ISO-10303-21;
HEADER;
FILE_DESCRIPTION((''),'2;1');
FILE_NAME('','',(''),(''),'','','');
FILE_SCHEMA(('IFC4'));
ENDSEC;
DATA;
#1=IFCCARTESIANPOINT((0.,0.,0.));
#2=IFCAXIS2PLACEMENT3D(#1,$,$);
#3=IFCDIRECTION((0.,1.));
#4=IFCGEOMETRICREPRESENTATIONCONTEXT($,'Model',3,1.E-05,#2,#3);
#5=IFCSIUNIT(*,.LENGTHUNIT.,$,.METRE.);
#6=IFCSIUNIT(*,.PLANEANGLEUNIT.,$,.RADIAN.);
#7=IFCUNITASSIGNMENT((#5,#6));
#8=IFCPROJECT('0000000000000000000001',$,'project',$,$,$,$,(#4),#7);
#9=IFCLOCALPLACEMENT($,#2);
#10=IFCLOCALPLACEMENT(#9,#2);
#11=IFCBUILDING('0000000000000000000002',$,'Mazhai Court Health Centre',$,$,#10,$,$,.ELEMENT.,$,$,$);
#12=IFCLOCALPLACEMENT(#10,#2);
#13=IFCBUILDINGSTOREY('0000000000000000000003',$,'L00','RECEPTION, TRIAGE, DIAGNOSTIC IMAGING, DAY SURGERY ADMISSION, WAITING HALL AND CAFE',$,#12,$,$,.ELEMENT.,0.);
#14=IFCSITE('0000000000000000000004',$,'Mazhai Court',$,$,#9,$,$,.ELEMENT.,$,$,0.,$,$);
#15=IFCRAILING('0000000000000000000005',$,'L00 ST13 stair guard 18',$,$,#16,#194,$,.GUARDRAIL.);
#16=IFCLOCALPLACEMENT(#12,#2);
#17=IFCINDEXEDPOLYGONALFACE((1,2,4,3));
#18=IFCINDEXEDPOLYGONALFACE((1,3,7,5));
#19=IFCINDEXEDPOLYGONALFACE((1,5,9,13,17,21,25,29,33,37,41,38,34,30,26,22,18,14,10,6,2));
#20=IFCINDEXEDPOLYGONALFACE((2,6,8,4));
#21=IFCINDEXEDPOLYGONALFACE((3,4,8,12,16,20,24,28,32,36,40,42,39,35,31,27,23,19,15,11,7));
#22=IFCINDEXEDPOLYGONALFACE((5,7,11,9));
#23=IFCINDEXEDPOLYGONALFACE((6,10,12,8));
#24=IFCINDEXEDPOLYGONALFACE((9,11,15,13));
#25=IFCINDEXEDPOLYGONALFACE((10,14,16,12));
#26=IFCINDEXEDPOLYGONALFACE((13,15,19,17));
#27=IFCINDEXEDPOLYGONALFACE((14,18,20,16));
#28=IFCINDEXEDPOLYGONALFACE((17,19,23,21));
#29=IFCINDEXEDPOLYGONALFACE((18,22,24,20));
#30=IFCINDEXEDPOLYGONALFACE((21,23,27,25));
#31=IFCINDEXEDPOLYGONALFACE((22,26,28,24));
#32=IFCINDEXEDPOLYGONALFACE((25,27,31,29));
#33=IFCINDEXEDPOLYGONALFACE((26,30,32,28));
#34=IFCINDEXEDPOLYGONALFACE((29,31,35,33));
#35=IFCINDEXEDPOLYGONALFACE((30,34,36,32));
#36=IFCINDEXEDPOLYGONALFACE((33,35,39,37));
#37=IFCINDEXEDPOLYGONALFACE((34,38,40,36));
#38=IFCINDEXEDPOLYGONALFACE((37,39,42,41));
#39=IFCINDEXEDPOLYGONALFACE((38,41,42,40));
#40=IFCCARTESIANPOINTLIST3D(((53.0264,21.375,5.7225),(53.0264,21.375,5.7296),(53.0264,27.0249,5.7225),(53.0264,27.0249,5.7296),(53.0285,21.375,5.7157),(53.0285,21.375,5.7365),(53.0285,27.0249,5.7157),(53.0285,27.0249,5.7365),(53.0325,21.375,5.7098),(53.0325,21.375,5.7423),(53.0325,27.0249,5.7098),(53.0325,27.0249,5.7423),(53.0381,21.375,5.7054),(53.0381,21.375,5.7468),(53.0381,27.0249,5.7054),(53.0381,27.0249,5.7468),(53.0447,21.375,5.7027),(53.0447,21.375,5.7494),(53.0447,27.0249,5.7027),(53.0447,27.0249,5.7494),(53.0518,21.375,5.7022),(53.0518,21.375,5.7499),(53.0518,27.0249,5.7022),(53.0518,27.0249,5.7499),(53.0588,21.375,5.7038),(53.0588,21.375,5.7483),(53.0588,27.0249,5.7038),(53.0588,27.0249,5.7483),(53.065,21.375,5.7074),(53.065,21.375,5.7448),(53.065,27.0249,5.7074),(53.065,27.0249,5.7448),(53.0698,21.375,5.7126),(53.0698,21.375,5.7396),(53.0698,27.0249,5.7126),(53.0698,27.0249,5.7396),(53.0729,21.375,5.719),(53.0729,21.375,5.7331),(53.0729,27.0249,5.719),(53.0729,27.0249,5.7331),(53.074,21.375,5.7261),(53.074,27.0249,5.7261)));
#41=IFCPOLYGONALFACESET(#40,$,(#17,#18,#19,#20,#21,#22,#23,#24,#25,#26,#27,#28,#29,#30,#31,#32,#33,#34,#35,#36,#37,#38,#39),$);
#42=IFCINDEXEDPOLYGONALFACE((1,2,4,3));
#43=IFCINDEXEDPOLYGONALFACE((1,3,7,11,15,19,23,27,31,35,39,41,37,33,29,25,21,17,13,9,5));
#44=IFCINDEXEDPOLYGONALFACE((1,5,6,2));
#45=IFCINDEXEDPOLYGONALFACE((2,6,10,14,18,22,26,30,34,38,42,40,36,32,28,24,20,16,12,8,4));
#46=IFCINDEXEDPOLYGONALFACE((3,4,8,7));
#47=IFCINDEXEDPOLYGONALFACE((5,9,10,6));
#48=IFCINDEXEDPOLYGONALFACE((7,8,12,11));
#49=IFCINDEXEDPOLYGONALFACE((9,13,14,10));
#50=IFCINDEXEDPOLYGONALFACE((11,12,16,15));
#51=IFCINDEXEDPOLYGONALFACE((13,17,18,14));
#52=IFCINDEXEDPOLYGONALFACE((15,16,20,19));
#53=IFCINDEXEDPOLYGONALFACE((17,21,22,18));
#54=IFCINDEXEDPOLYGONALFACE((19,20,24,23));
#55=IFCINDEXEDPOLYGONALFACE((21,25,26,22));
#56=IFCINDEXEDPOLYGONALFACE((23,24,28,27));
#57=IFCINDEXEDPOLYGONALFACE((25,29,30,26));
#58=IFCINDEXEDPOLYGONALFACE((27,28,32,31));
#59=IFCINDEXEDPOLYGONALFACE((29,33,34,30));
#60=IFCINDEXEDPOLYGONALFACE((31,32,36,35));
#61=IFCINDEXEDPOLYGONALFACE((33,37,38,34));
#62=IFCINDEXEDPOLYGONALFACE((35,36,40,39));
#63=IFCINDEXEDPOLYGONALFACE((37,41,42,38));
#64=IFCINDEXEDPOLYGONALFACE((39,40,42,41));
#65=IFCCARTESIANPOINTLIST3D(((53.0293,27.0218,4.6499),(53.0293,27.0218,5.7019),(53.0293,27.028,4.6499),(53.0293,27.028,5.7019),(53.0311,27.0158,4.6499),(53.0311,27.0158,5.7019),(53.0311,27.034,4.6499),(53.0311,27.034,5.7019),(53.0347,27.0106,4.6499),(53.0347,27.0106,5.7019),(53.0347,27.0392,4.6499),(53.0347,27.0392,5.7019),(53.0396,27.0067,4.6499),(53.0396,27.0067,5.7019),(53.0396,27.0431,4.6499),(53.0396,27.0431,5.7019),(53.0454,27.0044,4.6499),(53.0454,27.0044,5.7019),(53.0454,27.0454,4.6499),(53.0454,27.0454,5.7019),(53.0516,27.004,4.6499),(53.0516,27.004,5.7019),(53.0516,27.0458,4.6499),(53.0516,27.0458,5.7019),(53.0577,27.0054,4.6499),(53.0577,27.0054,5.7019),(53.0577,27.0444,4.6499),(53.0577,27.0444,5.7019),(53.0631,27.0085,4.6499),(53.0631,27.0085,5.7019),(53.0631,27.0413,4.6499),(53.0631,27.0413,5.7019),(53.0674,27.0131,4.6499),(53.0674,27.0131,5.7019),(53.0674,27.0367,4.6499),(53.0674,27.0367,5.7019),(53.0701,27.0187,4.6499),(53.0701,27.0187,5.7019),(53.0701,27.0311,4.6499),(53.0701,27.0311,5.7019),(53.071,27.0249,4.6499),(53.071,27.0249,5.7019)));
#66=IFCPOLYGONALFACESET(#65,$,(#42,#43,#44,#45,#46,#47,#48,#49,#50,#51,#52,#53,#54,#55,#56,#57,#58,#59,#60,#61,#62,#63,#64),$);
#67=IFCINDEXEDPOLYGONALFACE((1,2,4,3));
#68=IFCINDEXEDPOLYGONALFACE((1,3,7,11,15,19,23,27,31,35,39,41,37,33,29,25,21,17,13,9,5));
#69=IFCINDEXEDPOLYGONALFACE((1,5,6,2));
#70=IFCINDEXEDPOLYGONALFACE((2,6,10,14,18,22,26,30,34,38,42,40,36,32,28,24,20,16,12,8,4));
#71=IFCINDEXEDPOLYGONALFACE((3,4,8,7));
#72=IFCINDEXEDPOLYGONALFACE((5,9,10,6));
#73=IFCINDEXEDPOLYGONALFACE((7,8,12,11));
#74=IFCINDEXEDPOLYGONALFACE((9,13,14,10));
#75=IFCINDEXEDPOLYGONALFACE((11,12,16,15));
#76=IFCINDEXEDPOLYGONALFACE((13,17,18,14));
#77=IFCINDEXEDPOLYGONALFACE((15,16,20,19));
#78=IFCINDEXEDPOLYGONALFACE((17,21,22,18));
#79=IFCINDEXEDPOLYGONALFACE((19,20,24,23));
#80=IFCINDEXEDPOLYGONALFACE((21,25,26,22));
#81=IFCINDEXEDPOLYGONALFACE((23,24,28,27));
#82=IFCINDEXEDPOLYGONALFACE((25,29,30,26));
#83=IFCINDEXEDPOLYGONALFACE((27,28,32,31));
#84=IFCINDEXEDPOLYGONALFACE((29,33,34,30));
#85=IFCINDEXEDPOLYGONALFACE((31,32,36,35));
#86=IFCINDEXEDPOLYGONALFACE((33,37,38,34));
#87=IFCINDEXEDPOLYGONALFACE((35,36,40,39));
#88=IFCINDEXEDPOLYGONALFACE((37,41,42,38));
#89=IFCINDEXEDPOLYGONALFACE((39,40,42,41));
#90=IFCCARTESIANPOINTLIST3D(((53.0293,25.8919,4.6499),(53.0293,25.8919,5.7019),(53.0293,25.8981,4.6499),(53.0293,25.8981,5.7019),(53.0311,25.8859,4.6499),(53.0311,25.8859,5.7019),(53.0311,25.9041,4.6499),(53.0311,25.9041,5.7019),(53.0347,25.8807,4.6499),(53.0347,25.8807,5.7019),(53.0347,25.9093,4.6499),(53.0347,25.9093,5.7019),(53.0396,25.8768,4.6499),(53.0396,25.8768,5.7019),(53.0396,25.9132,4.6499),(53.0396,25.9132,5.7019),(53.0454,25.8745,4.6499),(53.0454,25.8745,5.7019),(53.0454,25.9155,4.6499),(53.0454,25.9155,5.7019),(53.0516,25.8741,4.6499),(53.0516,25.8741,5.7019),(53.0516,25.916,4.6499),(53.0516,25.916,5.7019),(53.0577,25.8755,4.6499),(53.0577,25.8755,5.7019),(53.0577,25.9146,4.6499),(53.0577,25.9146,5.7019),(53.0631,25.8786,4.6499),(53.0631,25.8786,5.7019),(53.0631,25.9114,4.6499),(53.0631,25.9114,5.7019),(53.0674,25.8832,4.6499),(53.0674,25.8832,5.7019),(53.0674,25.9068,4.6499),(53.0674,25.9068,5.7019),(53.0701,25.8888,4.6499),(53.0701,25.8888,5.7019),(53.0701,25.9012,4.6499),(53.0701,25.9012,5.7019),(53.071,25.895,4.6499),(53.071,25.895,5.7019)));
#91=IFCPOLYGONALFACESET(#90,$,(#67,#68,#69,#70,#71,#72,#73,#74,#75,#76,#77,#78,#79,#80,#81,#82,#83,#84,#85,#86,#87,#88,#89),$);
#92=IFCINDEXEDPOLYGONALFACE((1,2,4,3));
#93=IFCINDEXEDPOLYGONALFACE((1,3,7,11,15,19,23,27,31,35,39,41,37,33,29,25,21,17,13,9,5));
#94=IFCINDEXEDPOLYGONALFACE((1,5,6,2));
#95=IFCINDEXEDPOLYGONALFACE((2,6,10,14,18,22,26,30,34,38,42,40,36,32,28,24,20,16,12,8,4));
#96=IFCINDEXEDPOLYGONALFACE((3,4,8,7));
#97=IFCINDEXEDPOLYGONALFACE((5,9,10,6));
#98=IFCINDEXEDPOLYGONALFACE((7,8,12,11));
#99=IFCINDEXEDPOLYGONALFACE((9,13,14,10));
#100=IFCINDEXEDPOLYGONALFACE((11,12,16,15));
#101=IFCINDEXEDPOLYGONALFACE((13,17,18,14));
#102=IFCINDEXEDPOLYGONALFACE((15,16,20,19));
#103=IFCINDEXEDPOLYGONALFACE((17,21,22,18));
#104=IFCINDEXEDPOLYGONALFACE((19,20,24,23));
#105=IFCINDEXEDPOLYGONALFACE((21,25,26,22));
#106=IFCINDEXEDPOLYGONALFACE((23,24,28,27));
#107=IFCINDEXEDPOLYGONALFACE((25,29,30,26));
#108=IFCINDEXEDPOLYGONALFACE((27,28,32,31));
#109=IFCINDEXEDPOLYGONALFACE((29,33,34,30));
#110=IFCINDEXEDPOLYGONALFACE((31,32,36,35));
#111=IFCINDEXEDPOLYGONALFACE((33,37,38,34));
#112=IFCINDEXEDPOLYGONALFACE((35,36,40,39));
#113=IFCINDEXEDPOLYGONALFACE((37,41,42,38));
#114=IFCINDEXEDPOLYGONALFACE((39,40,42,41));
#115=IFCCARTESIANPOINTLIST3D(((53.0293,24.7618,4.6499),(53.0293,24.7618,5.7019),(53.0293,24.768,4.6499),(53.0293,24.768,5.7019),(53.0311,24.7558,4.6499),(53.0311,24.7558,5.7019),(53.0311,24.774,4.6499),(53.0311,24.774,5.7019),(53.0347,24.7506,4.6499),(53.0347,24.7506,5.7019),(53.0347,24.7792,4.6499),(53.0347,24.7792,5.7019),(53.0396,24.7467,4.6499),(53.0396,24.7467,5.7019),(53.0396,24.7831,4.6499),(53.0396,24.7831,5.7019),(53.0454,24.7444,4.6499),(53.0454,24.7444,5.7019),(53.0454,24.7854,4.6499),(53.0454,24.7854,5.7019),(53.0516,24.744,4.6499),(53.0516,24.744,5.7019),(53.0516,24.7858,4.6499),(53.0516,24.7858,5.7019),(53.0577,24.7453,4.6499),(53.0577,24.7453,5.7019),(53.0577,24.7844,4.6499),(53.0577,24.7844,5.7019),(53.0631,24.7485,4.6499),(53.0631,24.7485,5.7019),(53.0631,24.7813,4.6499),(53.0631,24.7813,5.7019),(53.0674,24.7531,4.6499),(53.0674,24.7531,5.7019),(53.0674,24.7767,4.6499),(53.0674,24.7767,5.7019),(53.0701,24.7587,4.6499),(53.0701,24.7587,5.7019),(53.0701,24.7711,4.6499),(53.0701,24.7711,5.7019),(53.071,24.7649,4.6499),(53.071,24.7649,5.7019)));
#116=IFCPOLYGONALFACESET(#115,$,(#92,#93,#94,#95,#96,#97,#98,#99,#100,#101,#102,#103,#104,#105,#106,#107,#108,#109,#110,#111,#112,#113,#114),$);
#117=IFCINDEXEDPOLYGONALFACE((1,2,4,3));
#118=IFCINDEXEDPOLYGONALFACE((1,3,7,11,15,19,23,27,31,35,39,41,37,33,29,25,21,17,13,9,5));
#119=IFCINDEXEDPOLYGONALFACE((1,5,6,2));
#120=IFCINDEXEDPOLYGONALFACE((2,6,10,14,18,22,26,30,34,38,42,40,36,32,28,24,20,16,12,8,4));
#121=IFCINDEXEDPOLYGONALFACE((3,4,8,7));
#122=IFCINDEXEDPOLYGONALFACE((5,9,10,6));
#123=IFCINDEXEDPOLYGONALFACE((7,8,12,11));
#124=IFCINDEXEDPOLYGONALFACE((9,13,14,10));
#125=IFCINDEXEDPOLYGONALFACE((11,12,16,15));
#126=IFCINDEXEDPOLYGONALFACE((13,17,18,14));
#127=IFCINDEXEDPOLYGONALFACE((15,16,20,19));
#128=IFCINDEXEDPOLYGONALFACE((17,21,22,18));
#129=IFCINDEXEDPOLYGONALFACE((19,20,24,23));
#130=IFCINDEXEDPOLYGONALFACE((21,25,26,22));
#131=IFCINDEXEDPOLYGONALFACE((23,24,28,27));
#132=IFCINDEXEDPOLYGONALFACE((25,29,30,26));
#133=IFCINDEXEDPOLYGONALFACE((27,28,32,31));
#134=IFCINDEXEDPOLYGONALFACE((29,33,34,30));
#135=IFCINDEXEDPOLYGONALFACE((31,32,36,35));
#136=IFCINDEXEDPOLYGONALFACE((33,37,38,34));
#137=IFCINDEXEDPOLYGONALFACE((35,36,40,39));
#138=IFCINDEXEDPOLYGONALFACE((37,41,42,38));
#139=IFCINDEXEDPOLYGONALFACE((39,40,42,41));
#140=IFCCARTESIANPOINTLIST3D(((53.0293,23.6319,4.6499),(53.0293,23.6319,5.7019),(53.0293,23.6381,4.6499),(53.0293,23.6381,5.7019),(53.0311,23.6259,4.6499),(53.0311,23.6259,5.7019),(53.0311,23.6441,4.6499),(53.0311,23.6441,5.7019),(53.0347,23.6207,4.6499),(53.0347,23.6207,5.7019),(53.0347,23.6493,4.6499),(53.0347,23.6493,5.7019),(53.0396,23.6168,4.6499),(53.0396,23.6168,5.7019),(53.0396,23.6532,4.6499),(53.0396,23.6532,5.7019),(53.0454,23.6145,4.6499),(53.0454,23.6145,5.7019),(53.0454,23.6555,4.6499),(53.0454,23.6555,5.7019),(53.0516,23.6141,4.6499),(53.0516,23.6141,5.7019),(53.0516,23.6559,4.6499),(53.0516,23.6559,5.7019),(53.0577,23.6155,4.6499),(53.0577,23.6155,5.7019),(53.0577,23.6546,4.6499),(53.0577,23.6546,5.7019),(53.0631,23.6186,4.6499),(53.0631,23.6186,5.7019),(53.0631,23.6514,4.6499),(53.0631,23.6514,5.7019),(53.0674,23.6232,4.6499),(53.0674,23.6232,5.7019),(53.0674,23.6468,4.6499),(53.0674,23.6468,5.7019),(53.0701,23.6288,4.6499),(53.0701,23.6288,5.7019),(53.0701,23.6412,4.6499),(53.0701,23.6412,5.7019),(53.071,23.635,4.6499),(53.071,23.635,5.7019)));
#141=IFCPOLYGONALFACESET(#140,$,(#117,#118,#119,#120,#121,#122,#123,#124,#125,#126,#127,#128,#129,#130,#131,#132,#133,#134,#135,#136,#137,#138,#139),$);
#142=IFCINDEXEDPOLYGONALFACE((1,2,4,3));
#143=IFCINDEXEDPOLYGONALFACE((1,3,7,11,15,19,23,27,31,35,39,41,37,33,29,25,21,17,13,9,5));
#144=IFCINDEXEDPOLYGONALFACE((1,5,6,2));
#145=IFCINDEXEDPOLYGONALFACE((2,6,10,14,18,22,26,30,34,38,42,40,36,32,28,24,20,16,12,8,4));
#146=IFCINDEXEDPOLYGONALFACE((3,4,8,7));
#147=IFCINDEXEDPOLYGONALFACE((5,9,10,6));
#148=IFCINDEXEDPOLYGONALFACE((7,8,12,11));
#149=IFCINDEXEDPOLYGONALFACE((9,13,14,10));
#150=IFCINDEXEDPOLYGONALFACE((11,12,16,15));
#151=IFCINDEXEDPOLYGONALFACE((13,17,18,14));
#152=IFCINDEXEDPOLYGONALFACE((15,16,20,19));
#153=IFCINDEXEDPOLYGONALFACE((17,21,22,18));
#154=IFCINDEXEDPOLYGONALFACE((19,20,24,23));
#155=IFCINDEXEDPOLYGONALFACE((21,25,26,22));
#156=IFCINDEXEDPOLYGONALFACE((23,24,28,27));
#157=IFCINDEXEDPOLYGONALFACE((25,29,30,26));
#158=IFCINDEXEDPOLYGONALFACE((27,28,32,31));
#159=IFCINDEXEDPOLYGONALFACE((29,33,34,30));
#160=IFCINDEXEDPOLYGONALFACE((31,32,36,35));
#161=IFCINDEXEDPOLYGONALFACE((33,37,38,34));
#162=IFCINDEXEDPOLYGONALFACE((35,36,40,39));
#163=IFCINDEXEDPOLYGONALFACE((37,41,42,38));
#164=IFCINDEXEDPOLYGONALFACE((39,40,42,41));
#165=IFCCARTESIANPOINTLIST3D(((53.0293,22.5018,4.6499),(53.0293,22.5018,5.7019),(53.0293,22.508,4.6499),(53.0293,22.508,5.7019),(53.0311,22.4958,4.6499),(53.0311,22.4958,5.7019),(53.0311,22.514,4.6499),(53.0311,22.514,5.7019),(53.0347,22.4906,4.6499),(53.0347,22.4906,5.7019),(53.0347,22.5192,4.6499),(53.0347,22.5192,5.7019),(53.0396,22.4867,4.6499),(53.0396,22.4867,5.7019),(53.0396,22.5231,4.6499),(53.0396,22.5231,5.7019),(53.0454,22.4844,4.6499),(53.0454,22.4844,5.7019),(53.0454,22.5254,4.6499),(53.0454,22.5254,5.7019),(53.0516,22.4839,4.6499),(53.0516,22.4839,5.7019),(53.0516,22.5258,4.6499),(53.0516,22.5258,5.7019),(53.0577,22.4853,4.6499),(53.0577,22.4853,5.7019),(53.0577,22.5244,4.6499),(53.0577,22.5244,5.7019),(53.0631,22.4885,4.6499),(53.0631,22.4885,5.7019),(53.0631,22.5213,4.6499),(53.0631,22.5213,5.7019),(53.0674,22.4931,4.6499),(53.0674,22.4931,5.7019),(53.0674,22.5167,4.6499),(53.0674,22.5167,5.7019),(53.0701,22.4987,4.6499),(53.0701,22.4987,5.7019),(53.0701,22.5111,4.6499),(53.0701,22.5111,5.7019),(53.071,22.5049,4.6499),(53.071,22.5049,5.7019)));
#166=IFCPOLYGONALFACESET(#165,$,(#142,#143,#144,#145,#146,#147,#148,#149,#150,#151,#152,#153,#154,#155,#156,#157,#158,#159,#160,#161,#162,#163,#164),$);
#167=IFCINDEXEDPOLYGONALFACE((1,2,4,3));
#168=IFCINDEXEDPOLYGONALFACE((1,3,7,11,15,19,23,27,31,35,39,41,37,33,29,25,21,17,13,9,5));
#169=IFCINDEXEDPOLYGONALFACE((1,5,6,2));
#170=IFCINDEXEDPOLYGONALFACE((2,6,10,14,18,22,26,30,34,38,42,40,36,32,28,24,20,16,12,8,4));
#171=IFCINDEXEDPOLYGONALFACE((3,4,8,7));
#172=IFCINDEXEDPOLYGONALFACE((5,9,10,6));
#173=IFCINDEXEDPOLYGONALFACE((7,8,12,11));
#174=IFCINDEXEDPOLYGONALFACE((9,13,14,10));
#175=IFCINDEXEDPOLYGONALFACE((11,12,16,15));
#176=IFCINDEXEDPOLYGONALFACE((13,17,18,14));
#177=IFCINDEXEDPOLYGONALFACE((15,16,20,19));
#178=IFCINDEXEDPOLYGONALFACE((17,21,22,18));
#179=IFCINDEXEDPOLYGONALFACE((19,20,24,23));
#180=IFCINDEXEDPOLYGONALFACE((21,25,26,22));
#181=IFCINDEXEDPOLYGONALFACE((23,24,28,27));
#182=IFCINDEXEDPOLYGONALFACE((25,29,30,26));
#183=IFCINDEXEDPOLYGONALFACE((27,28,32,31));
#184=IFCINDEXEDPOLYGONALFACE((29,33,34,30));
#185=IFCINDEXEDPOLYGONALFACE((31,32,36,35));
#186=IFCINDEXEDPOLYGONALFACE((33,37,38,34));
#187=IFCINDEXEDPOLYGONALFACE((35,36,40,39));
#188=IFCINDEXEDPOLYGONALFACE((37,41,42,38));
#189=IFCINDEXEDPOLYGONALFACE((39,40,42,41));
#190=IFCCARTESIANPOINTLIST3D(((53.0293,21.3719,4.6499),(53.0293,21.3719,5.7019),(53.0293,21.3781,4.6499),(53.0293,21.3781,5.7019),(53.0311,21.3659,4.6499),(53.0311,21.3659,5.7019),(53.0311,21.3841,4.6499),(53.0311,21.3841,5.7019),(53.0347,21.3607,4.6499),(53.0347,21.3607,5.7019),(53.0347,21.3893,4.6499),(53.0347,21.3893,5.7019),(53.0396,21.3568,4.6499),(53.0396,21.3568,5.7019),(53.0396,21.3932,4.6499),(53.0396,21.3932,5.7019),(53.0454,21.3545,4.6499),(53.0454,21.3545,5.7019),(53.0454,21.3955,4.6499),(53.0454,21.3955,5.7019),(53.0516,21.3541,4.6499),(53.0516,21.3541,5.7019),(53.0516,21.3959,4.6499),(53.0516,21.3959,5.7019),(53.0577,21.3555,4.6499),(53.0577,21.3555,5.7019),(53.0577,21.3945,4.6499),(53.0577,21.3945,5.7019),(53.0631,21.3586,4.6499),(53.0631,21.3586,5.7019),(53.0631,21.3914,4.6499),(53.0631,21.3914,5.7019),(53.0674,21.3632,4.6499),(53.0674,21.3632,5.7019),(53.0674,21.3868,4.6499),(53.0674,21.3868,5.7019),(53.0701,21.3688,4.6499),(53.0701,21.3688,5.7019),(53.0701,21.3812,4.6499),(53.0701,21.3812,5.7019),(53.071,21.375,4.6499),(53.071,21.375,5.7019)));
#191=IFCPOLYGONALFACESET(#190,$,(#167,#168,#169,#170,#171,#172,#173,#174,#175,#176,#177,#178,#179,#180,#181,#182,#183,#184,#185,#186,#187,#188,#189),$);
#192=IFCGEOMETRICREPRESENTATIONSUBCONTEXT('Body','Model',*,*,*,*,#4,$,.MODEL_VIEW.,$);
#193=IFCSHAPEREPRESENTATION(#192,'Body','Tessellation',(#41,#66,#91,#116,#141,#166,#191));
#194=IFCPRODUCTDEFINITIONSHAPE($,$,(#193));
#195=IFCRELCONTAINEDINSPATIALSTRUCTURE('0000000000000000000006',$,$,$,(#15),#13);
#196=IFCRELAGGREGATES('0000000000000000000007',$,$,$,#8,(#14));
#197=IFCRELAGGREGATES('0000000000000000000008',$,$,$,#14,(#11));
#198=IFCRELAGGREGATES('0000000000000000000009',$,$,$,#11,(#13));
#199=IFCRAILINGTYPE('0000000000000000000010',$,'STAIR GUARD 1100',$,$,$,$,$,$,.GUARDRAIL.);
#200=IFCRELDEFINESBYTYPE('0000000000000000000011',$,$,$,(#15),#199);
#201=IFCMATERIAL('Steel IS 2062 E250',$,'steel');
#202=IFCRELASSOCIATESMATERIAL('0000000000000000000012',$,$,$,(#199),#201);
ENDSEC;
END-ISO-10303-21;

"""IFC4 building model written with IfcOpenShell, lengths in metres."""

from ifc_helpers import new_model, si_unit, direction, frame, origin, origin_2d, place, context, subcontext, project, spatial, circle, extrude, material, type_object, element, save


model = new_model("IFC4")

# Units and contexts
model_context = context("Model", 3, precision=1e-05, world=origin(), true_north=direction((0.0, 1.0)))
body_context = subcontext(model_context, "Body", "Model", "MODEL_VIEW")
ifc_project = project(units=[si_unit("LENGTHUNIT", "METRE"), si_unit("PLANEANGLEUNIT", "RADIAN")], contexts=[model_context])

# Site, building, storey
site_placement = place(None, origin())
site = spatial("IfcSite", under=ifc_project, at=site_placement, Name="Mazhai Court", CompositionType="ELEMENT", RefElevation=0.0)
building_placement = place(site_placement, origin())
building = spatial("IfcBuilding", under=site, at=building_placement, Name="Mazhai Court Health Centre", CompositionType="ELEMENT")
storey_placement = place(building_placement, origin())
storey = spatial("IfcBuildingStorey", under=building, at=storey_placement, Name="L00", Description="RECEPTION, TRIAGE, DIAGNOSTIC IMAGING, DAY SURGERY ADMISSION, WAITING HALL AND CAFE", CompositionType="ELEMENT", Elevation=0.0)

# Railing
ifc_material_1 = material(Name="Steel IS 2062 E250", Category="steel")
railing_type_1 = type_object("IfcRailingType", Name="STAIR GUARD 1100", PredefinedType="GUARDRAIL", material=ifc_material_1)
railing_1_placement = place(storey_placement, frame((53.05, 27.0249, 4.6499)))
element("IfcRailing", 1, at=railing_1_placement, inside=storey, type_object=railing_type_1, Name="L00 ST13 stair guard 18", PredefinedType="GUARDRAIL", context=body_context, shape_type="SweptSolid", body=[
    extrude(circle(Radius=0.0239, at=origin_2d()), frame((0.0, 0.0, 1.0762), z_axis=(0.0, -1.0, 0.0), x_axis=(1.0, 0.0, 0.0)), (0.0, 0.0, 1.0), 5.6499),
    extrude(circle(Radius=0.021, at=origin_2d()), origin(), (0.0, 0.0, 1.0), 1.052),
    extrude(circle(Radius=0.021, at=origin_2d()), frame((0.0, -1.1299, 0.0)), (0.0, 0.0, 1.0), 1.052),
    extrude(circle(Radius=0.021, at=origin_2d()), frame((0.0, -2.26, 0.0)), (0.0, 0.0, 1.0), 1.052),
    extrude(circle(Radius=0.021, at=origin_2d()), frame((0.0, -3.3899, 0.0)), (0.0, 0.0, 1.0), 1.052),
    extrude(circle(Radius=0.021, at=origin_2d()), frame((0.0, -4.52, 0.0)), (0.0, 0.0, 1.0), 1.052),
    extrude(circle(Radius=0.021, at=origin_2d()), frame((0.0, -5.6499, 0.0)), (0.0, 0.0, 1.0), 1.052),
])

save(model, "model.ifc")
